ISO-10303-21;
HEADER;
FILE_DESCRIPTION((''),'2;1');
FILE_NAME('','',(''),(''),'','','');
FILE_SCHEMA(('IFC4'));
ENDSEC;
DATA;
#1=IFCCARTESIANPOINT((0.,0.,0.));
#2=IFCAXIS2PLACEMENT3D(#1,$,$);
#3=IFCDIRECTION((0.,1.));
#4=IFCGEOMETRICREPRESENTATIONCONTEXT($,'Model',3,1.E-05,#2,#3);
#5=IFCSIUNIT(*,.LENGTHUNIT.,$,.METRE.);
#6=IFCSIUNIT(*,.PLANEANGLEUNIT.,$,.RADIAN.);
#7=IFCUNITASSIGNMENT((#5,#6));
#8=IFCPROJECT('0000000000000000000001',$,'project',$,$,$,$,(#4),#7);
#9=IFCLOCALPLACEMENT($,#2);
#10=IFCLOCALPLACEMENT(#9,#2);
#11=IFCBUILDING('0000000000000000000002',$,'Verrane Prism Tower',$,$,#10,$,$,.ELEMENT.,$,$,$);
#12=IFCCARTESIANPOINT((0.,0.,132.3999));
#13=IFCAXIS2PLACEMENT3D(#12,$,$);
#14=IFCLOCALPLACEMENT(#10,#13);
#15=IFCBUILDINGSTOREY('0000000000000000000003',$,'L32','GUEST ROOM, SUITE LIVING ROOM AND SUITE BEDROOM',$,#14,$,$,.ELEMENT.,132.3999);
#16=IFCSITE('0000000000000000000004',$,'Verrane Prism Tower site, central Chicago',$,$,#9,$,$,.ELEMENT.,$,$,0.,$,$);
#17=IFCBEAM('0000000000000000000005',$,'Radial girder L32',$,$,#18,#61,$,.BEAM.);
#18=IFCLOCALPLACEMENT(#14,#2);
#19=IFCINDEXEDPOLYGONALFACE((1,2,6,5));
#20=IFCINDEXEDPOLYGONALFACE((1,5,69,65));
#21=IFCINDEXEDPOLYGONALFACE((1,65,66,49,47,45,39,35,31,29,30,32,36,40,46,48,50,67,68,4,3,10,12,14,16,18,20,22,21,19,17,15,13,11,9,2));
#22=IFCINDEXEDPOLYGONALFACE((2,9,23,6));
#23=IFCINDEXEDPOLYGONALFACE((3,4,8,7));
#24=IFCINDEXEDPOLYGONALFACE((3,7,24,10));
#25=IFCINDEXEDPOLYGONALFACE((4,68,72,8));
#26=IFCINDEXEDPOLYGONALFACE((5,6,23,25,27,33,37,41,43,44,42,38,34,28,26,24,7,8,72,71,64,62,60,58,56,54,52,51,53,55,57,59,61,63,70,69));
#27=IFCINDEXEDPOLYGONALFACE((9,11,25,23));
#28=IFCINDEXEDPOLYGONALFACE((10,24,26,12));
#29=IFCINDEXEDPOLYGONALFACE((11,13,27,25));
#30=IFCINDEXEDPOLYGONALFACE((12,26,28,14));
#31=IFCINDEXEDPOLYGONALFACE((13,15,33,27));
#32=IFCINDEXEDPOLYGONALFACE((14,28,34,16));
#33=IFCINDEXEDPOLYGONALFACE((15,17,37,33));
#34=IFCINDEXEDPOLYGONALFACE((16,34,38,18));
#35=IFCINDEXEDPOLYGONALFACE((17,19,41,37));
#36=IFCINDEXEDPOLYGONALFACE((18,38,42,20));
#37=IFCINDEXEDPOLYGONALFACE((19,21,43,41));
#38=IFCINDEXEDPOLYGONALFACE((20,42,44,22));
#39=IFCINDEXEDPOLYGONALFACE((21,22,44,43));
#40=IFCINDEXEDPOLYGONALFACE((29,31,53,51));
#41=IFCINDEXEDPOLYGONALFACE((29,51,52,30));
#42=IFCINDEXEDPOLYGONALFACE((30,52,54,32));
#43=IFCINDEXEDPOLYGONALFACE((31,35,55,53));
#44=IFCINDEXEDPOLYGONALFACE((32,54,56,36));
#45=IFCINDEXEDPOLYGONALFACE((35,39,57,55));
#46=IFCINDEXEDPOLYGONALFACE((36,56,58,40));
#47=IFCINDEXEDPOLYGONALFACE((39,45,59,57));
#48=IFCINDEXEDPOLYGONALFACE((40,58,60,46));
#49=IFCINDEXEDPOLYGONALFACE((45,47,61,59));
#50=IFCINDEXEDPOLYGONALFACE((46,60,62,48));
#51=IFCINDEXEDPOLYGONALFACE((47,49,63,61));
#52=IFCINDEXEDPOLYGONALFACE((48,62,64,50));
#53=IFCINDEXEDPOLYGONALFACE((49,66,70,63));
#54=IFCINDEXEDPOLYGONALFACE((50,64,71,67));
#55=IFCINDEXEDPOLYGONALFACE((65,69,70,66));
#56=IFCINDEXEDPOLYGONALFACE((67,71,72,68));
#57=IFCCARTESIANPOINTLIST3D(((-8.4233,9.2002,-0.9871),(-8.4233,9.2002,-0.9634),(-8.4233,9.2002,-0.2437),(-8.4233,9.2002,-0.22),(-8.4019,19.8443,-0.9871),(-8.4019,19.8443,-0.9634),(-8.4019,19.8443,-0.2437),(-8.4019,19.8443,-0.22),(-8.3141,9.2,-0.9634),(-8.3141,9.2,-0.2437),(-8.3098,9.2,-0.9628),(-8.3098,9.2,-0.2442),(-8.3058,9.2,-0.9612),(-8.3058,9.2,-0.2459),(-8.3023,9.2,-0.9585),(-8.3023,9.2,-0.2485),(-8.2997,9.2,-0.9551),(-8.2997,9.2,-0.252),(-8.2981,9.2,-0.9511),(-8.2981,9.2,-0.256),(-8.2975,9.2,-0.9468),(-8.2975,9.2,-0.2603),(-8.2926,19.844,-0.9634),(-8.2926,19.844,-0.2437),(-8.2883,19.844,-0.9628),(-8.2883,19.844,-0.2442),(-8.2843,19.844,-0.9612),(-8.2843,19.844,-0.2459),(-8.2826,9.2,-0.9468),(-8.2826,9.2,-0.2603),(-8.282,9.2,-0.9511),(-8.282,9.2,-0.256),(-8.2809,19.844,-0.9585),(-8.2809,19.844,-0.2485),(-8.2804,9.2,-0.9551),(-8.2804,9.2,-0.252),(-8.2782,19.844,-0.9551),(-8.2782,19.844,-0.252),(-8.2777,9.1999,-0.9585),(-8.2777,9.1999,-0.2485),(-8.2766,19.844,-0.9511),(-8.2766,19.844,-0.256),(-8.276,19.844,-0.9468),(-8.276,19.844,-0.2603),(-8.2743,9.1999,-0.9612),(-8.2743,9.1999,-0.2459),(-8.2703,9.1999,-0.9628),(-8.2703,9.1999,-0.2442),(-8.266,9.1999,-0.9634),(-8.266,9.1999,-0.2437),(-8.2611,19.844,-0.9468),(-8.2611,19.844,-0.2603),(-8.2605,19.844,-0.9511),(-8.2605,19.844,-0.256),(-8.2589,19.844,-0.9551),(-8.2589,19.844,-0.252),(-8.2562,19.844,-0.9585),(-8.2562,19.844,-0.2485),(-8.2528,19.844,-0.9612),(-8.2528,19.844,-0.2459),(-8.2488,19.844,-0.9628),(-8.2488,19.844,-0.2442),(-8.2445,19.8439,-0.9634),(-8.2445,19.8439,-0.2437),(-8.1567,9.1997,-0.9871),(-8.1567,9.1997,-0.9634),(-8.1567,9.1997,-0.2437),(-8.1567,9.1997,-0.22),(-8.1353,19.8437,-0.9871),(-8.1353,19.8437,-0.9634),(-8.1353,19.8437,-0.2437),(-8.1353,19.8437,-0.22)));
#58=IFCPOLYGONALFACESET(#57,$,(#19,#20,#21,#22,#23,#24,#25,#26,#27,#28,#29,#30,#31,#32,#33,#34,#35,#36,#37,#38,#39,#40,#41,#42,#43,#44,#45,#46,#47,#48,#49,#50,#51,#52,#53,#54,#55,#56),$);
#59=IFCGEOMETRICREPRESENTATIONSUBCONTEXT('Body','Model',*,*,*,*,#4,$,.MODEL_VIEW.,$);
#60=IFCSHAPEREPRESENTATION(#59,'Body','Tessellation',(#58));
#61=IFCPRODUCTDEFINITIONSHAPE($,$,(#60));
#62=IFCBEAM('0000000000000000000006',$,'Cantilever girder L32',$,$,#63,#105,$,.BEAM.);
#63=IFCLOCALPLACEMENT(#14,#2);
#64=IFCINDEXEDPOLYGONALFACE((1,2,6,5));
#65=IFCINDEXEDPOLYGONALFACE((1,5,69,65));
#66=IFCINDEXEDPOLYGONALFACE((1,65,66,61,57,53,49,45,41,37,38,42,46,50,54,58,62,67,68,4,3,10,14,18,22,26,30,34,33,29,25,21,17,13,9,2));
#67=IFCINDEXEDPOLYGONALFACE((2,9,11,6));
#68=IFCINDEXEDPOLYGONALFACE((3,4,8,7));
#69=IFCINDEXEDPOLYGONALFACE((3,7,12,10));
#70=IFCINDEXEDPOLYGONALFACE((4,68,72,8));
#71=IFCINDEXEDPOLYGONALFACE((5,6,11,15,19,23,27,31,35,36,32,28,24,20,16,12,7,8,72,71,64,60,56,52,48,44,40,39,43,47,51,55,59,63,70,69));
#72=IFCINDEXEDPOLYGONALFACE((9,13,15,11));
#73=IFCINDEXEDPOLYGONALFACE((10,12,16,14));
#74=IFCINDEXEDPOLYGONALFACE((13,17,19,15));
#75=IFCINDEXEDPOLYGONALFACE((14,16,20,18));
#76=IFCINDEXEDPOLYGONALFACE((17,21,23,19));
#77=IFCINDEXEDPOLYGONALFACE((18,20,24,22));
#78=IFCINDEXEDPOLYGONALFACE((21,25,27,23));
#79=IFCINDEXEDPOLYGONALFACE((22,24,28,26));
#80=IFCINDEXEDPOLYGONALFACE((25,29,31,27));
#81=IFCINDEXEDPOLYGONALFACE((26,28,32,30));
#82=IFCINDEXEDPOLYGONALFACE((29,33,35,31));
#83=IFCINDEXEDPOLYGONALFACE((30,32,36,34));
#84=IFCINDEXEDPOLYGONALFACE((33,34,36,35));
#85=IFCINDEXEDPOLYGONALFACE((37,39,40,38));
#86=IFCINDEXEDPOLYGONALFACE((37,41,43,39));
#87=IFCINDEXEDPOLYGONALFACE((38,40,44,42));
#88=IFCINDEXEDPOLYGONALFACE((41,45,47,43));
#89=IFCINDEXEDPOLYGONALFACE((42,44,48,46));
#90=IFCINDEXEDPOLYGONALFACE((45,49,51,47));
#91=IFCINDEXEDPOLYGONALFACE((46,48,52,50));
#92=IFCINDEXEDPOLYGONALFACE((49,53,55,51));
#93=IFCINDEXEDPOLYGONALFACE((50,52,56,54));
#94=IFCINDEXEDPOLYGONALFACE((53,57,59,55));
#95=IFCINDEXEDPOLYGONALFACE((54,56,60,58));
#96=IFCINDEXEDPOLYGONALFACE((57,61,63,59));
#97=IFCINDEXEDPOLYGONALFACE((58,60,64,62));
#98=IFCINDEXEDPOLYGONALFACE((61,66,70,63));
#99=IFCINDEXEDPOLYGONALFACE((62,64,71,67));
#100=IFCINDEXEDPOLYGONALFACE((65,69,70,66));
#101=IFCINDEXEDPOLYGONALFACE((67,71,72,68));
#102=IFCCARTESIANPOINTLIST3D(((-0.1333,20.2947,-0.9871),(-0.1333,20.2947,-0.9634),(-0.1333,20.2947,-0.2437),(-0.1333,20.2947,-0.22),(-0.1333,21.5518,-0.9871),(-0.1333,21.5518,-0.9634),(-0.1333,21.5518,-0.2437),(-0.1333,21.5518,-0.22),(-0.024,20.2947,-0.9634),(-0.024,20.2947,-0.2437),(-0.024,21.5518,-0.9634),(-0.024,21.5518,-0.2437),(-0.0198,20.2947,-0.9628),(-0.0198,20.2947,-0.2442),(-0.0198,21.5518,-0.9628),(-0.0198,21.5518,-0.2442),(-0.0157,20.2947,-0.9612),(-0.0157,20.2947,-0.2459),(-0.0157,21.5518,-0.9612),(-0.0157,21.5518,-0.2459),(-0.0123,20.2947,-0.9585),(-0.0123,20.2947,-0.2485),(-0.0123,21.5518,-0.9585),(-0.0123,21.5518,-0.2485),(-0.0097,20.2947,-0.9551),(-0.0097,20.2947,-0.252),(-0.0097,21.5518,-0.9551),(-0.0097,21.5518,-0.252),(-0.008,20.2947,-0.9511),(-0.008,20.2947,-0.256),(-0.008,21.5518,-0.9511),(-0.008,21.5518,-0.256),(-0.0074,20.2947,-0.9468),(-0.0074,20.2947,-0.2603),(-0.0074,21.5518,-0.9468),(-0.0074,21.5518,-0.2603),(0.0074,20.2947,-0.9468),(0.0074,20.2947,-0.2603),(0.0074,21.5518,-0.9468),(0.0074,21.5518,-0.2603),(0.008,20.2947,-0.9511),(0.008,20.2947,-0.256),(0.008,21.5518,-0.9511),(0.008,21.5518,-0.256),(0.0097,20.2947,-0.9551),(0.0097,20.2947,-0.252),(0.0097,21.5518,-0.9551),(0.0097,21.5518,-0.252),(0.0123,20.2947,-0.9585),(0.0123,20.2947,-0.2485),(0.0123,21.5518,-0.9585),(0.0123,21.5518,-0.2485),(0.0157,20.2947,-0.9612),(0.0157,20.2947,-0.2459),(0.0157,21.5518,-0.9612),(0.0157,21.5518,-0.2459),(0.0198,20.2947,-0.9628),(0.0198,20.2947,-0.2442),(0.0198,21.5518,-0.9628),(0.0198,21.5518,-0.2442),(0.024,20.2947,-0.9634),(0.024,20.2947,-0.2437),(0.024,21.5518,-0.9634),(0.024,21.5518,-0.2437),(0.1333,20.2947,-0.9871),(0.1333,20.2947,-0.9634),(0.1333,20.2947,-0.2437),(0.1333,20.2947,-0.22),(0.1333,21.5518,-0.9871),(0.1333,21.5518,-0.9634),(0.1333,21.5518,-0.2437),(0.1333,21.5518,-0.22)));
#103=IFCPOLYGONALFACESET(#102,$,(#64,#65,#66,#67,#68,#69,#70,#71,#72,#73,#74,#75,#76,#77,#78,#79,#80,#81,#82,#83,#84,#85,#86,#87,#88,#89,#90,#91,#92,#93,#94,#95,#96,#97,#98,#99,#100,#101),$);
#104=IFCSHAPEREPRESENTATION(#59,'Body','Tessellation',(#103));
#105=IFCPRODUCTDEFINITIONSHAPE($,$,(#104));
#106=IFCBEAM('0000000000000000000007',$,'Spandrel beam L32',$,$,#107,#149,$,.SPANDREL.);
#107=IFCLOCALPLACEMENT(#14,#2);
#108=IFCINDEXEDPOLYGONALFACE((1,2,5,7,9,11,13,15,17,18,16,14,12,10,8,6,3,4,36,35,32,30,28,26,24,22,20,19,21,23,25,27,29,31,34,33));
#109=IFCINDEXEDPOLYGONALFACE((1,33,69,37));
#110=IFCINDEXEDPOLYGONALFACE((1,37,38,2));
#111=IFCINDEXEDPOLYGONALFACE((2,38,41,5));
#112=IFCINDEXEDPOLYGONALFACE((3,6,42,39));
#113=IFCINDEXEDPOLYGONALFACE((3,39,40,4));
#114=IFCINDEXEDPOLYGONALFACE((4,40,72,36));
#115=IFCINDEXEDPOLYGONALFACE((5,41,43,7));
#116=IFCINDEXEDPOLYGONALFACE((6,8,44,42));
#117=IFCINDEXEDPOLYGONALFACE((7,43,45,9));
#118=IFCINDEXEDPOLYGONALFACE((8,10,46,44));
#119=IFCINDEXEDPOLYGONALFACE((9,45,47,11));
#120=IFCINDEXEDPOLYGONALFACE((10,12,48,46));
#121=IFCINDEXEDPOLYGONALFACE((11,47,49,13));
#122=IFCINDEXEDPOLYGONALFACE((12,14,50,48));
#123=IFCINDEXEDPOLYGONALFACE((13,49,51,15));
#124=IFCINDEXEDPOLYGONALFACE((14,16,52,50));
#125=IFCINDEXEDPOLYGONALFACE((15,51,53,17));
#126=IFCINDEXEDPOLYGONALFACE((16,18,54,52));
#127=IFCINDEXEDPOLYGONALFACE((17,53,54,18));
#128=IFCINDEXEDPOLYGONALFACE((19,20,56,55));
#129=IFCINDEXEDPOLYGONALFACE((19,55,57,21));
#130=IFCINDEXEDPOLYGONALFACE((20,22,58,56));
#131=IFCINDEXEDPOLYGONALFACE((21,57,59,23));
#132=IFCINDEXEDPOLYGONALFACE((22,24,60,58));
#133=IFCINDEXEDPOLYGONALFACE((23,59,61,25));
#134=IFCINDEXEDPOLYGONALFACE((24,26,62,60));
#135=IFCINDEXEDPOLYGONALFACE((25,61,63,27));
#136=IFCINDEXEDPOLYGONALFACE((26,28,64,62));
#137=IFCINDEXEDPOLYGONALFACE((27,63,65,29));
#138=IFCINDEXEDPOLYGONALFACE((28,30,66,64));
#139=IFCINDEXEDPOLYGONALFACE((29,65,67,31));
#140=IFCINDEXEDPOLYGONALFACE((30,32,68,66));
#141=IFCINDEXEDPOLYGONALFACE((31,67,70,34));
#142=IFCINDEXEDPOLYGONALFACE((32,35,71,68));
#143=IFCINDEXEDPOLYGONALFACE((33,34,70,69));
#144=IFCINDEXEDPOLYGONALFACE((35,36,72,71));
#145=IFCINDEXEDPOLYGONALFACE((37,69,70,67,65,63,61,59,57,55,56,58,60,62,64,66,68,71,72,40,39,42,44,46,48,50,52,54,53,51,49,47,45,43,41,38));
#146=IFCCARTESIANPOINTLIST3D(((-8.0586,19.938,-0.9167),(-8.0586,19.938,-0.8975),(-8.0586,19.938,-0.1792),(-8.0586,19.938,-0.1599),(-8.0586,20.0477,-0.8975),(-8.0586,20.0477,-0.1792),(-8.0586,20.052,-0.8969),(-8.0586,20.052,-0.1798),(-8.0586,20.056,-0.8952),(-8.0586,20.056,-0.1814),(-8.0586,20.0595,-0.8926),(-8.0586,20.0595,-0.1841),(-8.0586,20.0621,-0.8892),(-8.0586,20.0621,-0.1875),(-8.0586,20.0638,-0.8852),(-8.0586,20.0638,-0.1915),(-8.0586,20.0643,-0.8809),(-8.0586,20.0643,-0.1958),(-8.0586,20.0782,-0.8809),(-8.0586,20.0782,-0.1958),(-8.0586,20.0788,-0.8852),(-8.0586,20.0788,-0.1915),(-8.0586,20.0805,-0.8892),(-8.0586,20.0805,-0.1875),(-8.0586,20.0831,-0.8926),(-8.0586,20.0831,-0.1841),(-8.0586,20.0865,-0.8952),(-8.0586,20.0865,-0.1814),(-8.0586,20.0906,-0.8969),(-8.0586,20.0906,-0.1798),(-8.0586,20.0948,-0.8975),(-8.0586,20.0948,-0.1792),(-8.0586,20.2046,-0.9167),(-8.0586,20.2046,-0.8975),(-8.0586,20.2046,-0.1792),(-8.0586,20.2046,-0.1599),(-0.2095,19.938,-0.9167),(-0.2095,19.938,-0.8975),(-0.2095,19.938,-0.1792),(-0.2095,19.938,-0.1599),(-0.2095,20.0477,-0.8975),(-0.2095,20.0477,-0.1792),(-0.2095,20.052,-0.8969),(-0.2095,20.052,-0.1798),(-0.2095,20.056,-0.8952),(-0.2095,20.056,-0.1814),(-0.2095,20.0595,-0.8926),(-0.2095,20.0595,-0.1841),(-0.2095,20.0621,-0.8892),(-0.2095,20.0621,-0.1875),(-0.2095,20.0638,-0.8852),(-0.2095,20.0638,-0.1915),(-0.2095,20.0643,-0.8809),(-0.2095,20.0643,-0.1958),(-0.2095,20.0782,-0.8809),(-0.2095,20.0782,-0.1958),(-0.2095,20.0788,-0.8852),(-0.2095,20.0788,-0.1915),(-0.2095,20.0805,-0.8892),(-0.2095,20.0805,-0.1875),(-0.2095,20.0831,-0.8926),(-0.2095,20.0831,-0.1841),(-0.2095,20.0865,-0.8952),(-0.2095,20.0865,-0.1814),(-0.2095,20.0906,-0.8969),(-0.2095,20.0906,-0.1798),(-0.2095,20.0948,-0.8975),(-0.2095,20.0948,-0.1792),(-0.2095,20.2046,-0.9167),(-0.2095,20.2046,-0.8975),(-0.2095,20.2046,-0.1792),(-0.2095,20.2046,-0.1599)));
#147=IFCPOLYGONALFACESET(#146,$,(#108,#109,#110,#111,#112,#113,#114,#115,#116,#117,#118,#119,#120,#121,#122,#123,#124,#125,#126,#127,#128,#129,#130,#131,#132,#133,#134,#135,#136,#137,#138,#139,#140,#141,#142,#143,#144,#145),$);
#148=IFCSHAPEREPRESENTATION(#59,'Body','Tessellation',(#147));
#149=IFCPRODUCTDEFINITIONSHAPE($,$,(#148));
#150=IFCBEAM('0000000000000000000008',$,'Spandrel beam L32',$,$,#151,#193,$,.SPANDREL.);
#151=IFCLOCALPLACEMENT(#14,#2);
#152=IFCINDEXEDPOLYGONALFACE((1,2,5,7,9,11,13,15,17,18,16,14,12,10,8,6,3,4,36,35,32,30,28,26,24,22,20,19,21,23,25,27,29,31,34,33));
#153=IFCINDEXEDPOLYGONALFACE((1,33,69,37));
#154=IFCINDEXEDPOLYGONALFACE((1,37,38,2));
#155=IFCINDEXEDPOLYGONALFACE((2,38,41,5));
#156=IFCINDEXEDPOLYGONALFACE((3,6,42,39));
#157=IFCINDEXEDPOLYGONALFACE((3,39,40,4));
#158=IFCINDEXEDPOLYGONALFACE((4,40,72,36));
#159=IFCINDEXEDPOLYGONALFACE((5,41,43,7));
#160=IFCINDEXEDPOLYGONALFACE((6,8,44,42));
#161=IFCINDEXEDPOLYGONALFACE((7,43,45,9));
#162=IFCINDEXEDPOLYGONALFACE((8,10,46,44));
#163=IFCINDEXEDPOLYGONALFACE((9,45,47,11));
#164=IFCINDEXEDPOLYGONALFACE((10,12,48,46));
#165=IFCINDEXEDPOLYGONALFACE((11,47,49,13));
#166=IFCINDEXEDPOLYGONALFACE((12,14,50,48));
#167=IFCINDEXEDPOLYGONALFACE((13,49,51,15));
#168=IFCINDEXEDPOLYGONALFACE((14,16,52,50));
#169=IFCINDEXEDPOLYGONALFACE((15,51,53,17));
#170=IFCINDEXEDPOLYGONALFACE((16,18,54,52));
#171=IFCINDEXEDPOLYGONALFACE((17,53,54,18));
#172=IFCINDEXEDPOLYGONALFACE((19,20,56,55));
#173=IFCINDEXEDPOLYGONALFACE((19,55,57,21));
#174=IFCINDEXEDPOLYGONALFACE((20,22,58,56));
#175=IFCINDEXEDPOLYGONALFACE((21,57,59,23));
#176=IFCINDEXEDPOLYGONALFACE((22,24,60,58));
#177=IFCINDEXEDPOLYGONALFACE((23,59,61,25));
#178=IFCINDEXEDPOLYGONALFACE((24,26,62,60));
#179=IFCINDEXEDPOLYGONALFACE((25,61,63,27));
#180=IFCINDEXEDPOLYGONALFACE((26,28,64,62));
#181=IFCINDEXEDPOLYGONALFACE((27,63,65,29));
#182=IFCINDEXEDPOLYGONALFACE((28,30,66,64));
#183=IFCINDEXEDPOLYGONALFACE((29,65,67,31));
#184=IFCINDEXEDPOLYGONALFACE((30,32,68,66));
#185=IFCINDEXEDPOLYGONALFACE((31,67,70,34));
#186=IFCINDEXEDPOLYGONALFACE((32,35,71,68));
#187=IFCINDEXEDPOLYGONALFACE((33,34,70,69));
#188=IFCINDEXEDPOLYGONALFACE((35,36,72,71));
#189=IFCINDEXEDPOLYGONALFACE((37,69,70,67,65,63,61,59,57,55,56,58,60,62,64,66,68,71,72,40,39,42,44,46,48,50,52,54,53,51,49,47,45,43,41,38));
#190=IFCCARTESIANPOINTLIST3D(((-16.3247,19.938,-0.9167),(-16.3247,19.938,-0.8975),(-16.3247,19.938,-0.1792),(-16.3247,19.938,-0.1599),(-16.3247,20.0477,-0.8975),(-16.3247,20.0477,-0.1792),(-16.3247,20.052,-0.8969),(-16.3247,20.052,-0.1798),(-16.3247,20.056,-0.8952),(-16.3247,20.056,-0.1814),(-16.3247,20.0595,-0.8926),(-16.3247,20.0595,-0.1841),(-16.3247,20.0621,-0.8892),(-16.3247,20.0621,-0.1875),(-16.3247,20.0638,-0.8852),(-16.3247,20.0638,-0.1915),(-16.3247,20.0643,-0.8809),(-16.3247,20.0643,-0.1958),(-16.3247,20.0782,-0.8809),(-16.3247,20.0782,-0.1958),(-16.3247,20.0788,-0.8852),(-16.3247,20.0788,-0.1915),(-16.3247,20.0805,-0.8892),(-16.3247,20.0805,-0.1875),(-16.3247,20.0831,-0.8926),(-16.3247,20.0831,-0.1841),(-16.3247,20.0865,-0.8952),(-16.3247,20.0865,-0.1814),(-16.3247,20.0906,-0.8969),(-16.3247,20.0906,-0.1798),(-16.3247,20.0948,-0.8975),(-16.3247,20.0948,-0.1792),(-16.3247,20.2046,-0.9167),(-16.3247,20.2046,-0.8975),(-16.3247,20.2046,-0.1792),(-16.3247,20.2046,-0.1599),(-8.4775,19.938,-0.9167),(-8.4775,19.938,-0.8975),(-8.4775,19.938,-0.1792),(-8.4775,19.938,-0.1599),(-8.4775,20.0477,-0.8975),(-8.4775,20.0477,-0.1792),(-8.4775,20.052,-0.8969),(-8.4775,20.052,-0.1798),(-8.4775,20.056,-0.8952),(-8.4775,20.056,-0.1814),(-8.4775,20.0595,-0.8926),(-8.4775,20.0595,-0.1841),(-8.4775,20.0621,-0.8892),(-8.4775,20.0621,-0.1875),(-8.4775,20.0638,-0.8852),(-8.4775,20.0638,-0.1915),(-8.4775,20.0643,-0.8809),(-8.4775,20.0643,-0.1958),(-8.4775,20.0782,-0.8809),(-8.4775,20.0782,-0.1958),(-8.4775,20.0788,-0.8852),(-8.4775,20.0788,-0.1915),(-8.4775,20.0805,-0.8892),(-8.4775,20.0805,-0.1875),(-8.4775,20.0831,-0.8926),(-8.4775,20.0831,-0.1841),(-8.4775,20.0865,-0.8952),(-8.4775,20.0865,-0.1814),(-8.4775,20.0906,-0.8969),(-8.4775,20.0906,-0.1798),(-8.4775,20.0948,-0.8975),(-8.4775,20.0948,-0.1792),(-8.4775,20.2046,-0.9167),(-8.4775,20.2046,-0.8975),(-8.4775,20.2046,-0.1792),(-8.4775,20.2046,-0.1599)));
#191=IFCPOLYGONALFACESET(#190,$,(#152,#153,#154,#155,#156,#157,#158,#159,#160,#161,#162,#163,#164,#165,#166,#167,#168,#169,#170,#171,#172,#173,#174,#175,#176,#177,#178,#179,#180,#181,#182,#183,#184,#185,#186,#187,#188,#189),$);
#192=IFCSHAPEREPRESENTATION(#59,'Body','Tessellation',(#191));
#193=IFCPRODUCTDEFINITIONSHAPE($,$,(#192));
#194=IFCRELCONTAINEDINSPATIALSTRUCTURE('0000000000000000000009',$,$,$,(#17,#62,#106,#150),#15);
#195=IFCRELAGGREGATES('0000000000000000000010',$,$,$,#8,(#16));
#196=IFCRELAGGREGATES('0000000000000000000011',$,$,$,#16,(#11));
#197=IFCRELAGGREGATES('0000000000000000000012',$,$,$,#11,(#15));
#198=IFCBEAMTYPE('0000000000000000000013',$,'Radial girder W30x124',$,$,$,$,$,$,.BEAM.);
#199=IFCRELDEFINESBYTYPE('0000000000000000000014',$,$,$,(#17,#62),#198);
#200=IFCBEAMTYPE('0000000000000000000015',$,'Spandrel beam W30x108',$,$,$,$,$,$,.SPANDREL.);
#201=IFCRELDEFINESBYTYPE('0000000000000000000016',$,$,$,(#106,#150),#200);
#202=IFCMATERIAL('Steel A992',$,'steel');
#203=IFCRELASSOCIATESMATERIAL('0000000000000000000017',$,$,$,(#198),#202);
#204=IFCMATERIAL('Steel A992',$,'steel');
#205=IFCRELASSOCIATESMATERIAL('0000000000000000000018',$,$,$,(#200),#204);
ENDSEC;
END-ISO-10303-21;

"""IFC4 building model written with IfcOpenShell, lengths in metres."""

from ifc_helpers import new_model, si_unit, direction, frame, origin, origin_2d, place, context, subcontext, project, spatial, i_section, extrude, material, material_profile, profile_set, type_object, element, save


model = new_model("IFC4")

# Units and contexts
model_context = context("Model", 3, precision=1e-05, world=origin(), true_north=direction((0.0, 1.0)))
body_context = subcontext(model_context, "Body", "Model", "MODEL_VIEW")
ifc_project = project(units=[si_unit("LENGTHUNIT", "METRE"), si_unit("PLANEANGLEUNIT", "RADIAN")], contexts=[model_context])

# Site, building, storey
site_placement = place(None, origin())
site = spatial("IfcSite", under=ifc_project, at=site_placement, Name="Verrane Prism Tower site, central Chicago", CompositionType="ELEMENT", RefElevation=0.0)
building_placement = place(site_placement, origin())
building = spatial("IfcBuilding", under=site, at=building_placement, Name="Verrane Prism Tower", CompositionType="ELEMENT")
storey_placement = place(building_placement, frame((0.0, 0.0, 132.3999)))
storey = spatial("IfcBuildingStorey", under=building, at=storey_placement, Name="L32", Description="GUEST ROOM, SUITE LIVING ROOM AND SUITE BEDROOM", CompositionType="ELEMENT", Elevation=132.3999)

# Beams
ifc_material_1 = material(Name="Steel A992", Category="steel")
ifc_material_profile_1 = material_profile(ifc_material_1, i_section(OverallWidth=0.2666, OverallDepth=0.7671, WebThickness=0.0149, FlangeThickness=0.0237, FilletRadius=0.0166, at=origin_2d()), Name="W30x124")
ifc_profile_set_1 = profile_set([ifc_material_profile_1], Name="Steel A992")
beam_type_1 = type_object("IfcBeamType", Name="Radial girder W30x124", PredefinedType="BEAM", material=ifc_profile_set_1)
for number, where, z_axis, x_axis, name in (
    (1, (-8.2686, 19.844, -0.6035), (-0.002018, -0.999998, 0.0), (0.999998, -0.002018, 0.0), "Radial girder L32"),
):
    element("IfcBeam", number, at=place(storey_placement, frame(where, z_axis=z_axis, x_axis=x_axis)), inside=storey, type_object=beam_type_1, Name=name, PredefinedType="BEAM", context=body_context, shape_type="SweptSolid", body=[
        extrude(i_section(OverallWidth=0.2666, OverallDepth=0.7671, WebThickness=0.0149, FlangeThickness=0.0237, FilletRadius=0.0166, at=origin_2d()), origin(), (0.0, 0.0, 1.0), 10.644),
    ])
beam_1_placement = place(storey_placement, frame((0.0, 20.2947, -0.6035), z_axis=(0.0, 1.0, 0.0), x_axis=(-1.0, 0.0, 0.0)))
element("IfcBeam", 2, at=beam_1_placement, inside=storey, type_object=beam_type_1, Name="Cantilever girder L32", PredefinedType="BEAM", context=body_context, shape_type="SweptSolid", body=[
    extrude(i_section(OverallWidth=0.2666, OverallDepth=0.7671, WebThickness=0.0149, FlangeThickness=0.0237, FilletRadius=0.0166, at=origin_2d()), origin(), (0.0, 0.0, 1.0), 1.2571),
])
ifc_material_2 = material(Name="Steel A992", Category="steel")
ifc_material_profile_2 = material_profile(ifc_material_2, i_section(OverallWidth=0.2666, OverallDepth=0.7568, WebThickness=0.0139, FlangeThickness=0.0193, FilletRadius=0.0166, at=origin_2d()), Name="W30x108")
ifc_profile_set_2 = profile_set([ifc_material_profile_2], Name="Steel A992")
beam_type_2 = type_object("IfcBeamType", Name="Spandrel beam W30x108", PredefinedType="SPANDREL", material=ifc_profile_set_2)
beam_2_placement = place(storey_placement, frame((-0.2095, 20.0713, -0.5383), z_axis=(-1.0, 0.0, 0.0), x_axis=(0.0, -1.0, 0.0)))
element("IfcBeam", 3, at=beam_2_placement, inside=storey, type_object=beam_type_2, Name="Spandrel beam L32", PredefinedType="SPANDREL", context=body_context, shape_type="SweptSolid", body=[
    extrude(i_section(OverallWidth=0.2666, OverallDepth=0.7568, WebThickness=0.0139, FlangeThickness=0.0193, FilletRadius=0.0166, at=origin_2d()), origin(), (0.0, 0.0, 1.0), 7.8491),
])
beam_3_placement = place(storey_placement, frame((-8.4775, 20.0713, -0.5383), z_axis=(-1.0, 0.0, 0.0), x_axis=(0.0, -1.0, 0.0)))
element("IfcBeam", 4, at=beam_3_placement, inside=storey, type_object=beam_type_2, Name="Spandrel beam L32", PredefinedType="SPANDREL", context=body_context, shape_type="SweptSolid", body=[
    extrude(i_section(OverallWidth=0.2666, OverallDepth=0.7568, WebThickness=0.0139, FlangeThickness=0.0193, FilletRadius=0.0166, at=origin_2d()), origin(), (0.0, 0.0, 1.0), 7.8472),
])

save(model, "model.ifc")
